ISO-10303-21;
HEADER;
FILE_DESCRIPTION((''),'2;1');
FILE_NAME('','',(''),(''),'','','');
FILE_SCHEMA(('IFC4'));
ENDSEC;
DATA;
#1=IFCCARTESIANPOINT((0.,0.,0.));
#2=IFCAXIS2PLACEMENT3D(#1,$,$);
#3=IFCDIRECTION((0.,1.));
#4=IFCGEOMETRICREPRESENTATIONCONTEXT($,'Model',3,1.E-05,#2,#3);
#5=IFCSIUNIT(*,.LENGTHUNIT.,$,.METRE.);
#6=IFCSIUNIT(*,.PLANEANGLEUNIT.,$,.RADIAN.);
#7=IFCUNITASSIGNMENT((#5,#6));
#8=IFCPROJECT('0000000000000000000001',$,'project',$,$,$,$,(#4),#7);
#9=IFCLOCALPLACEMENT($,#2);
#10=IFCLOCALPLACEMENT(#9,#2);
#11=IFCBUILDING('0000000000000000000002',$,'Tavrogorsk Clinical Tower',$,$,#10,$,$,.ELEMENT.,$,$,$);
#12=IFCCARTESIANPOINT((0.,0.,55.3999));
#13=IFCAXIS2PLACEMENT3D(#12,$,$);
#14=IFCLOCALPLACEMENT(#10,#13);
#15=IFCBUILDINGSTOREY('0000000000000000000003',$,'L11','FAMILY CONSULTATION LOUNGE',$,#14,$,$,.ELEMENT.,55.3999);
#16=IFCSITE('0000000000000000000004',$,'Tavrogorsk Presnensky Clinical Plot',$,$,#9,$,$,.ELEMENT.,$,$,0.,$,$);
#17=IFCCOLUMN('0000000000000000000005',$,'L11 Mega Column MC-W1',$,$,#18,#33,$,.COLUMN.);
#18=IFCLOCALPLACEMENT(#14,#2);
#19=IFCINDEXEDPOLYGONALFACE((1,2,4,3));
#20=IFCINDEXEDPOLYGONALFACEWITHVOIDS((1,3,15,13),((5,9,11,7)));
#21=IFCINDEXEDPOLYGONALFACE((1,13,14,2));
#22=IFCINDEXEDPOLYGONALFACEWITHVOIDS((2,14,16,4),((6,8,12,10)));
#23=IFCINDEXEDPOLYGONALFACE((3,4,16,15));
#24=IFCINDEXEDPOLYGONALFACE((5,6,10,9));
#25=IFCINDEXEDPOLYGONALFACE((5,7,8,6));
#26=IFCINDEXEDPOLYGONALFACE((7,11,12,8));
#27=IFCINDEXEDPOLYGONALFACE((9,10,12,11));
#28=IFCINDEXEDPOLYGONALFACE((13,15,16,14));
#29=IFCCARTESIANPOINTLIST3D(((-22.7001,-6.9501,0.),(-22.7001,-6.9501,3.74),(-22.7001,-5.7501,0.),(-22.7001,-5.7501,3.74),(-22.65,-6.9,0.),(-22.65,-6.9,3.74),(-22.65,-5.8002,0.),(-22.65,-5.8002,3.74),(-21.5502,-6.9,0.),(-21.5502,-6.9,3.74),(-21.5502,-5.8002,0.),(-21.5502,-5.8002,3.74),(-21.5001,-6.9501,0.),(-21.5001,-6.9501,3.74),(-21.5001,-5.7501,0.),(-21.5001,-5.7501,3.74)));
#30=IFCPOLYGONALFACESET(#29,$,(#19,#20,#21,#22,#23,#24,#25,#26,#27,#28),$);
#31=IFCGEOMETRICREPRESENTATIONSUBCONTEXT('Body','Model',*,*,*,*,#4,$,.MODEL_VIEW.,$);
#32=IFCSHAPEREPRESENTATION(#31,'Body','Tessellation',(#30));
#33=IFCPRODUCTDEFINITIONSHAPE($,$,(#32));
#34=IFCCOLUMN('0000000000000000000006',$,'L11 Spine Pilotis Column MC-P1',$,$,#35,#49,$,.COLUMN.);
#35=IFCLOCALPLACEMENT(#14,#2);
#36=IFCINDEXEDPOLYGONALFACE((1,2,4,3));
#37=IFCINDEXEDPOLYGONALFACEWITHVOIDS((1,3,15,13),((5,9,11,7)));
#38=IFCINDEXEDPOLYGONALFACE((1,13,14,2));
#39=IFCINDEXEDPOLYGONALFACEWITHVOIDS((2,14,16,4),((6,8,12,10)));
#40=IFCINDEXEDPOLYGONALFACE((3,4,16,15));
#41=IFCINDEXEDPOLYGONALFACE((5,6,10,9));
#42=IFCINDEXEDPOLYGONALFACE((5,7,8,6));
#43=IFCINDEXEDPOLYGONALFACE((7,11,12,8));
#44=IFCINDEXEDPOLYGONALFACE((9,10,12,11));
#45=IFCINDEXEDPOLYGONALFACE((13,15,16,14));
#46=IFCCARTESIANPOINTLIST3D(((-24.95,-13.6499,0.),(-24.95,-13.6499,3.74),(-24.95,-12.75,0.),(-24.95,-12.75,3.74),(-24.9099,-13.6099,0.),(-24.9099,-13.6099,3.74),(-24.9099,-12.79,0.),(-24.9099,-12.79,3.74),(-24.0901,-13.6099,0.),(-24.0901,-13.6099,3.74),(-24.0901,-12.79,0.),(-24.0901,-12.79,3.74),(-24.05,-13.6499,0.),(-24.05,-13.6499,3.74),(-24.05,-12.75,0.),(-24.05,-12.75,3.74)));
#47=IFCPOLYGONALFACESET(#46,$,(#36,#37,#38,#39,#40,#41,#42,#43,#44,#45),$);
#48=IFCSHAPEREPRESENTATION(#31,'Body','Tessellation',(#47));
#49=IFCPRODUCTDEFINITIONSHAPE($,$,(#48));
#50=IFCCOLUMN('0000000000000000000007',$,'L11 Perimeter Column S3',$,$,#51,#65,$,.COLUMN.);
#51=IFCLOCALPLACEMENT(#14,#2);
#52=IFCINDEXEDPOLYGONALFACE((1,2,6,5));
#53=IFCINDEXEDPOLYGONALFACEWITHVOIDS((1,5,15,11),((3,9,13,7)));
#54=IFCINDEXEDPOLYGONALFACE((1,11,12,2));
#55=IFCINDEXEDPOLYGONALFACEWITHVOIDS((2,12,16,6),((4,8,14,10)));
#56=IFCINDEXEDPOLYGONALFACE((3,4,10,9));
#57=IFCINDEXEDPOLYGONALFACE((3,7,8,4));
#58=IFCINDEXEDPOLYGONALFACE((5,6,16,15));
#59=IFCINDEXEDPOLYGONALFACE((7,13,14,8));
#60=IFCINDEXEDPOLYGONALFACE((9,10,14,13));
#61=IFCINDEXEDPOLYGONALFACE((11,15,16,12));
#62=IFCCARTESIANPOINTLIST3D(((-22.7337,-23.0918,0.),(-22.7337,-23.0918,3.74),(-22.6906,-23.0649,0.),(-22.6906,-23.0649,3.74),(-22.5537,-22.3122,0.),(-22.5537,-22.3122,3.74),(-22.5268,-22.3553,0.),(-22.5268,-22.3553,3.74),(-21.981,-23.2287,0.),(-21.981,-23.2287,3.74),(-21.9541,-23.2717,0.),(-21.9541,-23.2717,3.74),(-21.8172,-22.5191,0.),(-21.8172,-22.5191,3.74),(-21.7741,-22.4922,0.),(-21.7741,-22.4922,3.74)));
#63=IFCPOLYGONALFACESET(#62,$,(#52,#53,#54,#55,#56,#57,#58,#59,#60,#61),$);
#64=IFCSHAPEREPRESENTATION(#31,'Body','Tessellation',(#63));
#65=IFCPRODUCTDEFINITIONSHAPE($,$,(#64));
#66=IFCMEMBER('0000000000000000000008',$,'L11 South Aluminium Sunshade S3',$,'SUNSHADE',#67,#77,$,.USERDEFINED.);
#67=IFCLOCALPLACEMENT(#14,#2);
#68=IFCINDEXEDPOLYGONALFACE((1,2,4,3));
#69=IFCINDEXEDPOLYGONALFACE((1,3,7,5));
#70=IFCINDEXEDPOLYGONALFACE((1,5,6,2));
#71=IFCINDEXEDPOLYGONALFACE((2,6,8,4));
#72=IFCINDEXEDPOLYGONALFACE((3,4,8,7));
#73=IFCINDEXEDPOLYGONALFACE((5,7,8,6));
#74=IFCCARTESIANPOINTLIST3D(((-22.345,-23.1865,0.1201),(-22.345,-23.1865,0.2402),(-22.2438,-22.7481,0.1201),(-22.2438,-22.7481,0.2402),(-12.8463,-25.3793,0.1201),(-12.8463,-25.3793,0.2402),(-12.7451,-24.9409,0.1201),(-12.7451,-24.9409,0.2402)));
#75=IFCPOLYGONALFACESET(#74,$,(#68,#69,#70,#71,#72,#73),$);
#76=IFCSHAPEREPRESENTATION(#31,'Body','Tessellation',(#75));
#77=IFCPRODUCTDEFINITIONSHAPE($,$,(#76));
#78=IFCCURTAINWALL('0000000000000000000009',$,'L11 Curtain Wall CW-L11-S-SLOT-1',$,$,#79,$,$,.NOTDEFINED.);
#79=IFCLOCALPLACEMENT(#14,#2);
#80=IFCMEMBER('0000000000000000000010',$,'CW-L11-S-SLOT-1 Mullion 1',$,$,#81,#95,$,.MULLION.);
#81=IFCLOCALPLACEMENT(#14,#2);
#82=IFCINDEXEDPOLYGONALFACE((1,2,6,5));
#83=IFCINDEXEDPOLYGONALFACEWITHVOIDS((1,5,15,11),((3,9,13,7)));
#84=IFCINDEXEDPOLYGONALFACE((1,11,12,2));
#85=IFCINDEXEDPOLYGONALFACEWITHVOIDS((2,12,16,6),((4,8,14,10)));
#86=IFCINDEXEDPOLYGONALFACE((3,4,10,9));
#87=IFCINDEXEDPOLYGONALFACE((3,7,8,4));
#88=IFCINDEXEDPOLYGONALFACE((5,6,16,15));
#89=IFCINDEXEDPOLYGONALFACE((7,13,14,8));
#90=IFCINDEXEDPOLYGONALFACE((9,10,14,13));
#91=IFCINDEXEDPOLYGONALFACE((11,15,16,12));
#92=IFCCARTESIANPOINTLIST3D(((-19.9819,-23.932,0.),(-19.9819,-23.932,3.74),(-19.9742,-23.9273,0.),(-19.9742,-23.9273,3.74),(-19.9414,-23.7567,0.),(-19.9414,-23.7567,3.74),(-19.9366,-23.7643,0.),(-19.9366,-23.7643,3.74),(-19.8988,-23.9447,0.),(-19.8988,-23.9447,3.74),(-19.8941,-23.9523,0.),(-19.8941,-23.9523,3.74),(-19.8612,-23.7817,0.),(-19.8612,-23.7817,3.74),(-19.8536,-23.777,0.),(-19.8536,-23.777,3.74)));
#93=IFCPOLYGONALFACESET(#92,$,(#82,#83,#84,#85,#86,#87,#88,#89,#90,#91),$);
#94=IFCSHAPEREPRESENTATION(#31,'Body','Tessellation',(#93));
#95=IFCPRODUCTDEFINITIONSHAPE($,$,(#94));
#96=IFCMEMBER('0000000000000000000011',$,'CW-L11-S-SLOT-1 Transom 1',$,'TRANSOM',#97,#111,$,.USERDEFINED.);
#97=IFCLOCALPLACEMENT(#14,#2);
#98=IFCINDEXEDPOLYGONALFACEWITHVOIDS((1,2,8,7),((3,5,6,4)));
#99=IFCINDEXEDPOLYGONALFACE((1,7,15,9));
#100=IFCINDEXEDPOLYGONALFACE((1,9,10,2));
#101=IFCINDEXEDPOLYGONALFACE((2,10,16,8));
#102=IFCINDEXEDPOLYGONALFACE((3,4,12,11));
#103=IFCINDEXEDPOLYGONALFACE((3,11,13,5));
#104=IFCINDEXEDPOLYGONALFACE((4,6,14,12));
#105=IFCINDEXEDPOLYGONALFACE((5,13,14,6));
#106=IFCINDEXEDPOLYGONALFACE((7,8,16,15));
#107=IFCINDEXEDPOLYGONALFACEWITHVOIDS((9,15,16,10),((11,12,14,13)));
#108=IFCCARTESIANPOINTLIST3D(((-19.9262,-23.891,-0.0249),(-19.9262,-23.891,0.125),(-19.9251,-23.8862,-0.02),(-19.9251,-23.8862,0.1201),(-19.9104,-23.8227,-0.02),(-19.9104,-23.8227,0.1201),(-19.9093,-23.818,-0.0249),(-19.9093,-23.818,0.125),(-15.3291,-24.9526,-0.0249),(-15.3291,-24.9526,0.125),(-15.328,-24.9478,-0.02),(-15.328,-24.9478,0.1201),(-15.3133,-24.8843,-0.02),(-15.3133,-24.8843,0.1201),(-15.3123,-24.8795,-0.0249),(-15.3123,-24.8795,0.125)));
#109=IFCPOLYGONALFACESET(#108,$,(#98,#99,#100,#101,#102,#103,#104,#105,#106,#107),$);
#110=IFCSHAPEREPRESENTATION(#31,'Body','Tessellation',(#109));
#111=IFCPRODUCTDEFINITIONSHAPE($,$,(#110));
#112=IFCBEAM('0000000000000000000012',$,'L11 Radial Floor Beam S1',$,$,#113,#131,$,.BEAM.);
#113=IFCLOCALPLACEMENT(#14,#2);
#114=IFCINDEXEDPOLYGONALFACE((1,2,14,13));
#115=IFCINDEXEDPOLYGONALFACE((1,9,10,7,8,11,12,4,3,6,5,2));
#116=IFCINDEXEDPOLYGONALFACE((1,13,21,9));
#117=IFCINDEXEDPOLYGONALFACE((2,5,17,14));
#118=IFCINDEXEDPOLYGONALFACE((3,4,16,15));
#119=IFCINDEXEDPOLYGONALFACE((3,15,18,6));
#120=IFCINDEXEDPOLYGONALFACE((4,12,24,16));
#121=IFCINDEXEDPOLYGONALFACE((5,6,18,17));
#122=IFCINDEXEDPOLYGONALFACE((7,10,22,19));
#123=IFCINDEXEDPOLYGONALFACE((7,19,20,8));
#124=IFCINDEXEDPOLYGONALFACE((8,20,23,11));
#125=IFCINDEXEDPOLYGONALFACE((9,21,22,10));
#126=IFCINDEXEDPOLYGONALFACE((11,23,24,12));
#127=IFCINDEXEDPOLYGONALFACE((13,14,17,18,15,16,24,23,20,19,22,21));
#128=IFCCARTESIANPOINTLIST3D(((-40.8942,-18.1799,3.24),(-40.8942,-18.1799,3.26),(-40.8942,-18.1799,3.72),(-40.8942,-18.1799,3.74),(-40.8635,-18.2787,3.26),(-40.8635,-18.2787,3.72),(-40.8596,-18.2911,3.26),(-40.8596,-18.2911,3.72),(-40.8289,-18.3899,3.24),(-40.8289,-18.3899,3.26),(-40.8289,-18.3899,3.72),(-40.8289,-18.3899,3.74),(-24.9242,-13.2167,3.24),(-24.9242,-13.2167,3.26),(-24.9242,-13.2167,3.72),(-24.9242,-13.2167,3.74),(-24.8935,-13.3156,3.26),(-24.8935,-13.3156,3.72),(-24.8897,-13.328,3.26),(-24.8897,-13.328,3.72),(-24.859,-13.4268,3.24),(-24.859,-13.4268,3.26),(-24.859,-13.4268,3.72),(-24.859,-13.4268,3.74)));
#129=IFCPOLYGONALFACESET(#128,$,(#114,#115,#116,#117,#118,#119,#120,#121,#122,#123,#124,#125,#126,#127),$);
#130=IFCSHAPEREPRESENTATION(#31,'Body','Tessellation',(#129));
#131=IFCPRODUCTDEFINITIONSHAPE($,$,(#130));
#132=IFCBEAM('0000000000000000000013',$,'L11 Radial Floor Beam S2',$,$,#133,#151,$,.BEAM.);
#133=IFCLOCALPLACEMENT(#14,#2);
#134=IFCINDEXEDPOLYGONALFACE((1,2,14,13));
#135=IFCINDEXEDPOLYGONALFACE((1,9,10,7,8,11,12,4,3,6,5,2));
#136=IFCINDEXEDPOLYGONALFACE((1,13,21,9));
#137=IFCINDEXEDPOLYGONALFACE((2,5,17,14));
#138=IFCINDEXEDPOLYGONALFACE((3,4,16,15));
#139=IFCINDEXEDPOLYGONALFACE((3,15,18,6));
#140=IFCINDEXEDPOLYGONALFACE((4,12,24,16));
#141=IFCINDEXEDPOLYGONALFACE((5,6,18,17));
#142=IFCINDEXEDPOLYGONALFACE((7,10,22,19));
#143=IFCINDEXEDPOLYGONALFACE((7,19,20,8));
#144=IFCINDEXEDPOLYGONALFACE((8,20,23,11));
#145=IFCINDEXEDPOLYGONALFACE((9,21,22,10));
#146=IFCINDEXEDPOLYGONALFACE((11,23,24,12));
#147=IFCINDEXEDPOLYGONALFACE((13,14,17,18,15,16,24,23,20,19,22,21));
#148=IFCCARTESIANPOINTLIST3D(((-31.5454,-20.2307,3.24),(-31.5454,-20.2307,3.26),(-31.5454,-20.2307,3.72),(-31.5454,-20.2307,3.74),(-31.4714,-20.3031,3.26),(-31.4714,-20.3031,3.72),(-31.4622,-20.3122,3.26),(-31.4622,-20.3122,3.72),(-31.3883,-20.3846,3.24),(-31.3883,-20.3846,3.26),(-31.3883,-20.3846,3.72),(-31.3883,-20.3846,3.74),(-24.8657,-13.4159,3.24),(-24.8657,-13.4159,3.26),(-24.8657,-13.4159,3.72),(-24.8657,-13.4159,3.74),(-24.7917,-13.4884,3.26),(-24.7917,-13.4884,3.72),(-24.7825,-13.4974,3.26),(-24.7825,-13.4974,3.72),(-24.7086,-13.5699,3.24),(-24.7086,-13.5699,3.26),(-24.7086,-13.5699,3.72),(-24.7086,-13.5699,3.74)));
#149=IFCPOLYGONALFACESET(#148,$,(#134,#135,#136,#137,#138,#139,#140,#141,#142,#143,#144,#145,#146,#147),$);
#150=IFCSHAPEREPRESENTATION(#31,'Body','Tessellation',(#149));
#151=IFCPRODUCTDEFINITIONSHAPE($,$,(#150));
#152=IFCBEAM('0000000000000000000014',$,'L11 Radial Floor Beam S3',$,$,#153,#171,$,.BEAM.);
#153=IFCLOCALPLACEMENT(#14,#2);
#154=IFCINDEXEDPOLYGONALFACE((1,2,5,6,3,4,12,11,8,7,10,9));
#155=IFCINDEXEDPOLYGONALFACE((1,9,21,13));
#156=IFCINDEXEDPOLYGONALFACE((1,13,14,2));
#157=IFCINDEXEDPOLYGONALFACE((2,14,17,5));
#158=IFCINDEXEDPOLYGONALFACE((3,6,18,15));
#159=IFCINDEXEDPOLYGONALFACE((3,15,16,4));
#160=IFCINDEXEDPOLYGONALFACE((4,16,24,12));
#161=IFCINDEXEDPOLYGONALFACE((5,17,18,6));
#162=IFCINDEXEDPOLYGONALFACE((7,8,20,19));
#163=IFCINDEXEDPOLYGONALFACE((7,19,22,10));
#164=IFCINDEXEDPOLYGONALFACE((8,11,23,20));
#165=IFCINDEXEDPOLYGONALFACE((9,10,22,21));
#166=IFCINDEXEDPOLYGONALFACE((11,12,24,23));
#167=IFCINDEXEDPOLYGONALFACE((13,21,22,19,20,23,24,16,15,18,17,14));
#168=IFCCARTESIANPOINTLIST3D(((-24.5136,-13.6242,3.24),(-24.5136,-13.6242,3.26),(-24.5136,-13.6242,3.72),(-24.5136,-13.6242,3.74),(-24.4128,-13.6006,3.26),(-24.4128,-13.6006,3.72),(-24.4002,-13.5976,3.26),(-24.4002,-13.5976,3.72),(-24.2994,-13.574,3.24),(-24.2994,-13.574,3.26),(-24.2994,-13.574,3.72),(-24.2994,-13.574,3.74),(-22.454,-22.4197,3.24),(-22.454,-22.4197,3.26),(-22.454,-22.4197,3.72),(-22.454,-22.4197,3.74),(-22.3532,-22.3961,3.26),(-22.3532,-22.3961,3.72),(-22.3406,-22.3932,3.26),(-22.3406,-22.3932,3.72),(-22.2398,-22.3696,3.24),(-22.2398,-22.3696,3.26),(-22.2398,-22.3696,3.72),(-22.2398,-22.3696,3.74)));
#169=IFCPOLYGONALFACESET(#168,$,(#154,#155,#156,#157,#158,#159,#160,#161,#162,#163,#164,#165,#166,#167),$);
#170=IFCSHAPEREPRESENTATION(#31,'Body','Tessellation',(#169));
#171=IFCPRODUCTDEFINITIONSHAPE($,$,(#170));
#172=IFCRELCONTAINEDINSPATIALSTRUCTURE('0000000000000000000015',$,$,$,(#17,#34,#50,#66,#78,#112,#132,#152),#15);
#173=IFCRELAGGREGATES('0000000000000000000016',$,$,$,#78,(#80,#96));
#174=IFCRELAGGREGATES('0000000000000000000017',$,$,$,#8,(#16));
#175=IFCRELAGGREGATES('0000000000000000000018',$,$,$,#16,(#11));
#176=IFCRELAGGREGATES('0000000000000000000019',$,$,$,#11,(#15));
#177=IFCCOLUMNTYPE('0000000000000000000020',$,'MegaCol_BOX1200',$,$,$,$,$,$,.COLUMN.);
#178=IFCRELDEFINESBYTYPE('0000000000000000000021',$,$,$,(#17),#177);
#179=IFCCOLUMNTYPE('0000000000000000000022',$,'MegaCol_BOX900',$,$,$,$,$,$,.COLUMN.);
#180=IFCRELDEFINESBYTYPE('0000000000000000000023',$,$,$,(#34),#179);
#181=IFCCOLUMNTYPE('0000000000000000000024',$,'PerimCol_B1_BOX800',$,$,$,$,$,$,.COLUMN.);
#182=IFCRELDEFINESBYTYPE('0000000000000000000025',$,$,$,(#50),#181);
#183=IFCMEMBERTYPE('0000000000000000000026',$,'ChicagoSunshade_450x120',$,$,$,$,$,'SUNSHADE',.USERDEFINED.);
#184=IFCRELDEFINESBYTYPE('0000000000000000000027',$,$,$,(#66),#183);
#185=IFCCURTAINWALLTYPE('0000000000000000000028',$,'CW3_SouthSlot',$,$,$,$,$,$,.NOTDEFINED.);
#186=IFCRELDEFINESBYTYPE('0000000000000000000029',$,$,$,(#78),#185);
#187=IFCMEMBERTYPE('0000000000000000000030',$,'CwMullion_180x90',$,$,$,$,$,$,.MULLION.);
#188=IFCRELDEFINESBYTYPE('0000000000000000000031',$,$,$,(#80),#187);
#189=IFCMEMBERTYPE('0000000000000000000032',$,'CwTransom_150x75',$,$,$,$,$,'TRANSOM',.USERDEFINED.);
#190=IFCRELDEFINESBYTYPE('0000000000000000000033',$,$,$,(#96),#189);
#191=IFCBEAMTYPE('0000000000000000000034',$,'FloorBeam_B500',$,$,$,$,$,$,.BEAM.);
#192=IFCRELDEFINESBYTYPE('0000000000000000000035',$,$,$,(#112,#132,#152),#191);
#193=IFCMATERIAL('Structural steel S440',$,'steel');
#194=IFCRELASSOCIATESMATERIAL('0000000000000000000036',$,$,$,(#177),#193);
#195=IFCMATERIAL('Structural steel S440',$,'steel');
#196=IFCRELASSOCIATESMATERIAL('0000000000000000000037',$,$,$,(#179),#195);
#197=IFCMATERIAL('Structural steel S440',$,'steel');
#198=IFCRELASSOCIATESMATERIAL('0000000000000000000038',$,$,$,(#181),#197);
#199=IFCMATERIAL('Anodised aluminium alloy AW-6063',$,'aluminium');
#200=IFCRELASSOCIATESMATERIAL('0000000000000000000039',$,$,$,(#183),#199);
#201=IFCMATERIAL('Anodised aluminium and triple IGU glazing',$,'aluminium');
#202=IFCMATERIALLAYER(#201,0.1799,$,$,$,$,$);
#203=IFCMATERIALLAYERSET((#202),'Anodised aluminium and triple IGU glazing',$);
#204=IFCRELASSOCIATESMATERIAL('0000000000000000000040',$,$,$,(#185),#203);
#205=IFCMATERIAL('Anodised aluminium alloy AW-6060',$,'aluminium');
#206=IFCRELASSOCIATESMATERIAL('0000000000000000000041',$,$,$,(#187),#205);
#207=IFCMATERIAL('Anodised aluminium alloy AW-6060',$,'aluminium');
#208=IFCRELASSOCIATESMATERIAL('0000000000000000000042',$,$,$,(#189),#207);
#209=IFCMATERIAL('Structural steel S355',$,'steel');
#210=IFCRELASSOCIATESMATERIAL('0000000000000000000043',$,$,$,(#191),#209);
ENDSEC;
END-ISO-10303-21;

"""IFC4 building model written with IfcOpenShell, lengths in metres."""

from ifc_helpers import new_model, si_unit, direction, frame, origin, origin_2d, place, context, subcontext, project, spatial, rectangle, hollow_rectangle, i_section, extrude, material, layer, layer_set, material_profile, profile_set, type_object, element, aggregate, save


model = new_model("IFC4")

# Units and contexts
model_context = context("Model", 3, precision=1e-05, world=origin(), true_north=direction((0.0, 1.0)))
body_context = subcontext(model_context, "Body", "Model", "MODEL_VIEW")
ifc_project = project(units=[si_unit("LENGTHUNIT", "METRE"), si_unit("PLANEANGLEUNIT", "RADIAN")], contexts=[model_context])

# Site, building, storey
site_placement = place(None, origin())
site = spatial("IfcSite", under=ifc_project, at=site_placement, Name="Tavrogorsk Presnensky Clinical Plot", CompositionType="ELEMENT", RefElevation=0.0)
building_placement = place(site_placement, origin())
building = spatial("IfcBuilding", under=site, at=building_placement, Name="Tavrogorsk Clinical Tower", CompositionType="ELEMENT")
storey_placement = place(building_placement, frame((0.0, 0.0, 55.3999)))
storey = spatial("IfcBuildingStorey", under=building, at=storey_placement, Name="L11", Description="FAMILY CONSULTATION LOUNGE", CompositionType="ELEMENT", Elevation=55.3999)

# Columns
ifc_material_1 = material(Name="Structural steel S440", Category="steel")
ifc_material_profile_1 = material_profile(ifc_material_1, hollow_rectangle(XDim=1.2, YDim=1.2, WallThickness=0.05, at=origin_2d()), Name="BOX-1200x1200x50")
ifc_profile_set_1 = profile_set([ifc_material_profile_1], Name="Structural steel S440")
column_type_1 = type_object("IfcColumnType", Name="MegaCol_BOX1200", PredefinedType="COLUMN", material=ifc_profile_set_1)
column_1_placement = place(storey_placement, frame((-22.1001, -6.3501, 0.0), z_axis=(0.0, 0.0, 1.0), x_axis=(1.0, 0.0, 0.0)))
element("IfcColumn", 1, at=column_1_placement, inside=storey, type_object=column_type_1, Name="L11 Mega Column MC-W1", PredefinedType="COLUMN", context=body_context, shape_type="SweptSolid", body=[
    extrude(hollow_rectangle(XDim=1.2, YDim=1.2, WallThickness=0.05, at=origin_2d()), origin(), (0.0, 0.0, 1.0), 3.74),
])
ifc_material_2 = material(Name="Structural steel S440", Category="steel")
ifc_material_profile_2 = material_profile(ifc_material_2, hollow_rectangle(XDim=0.8999, YDim=0.8999, WallThickness=0.04, at=origin_2d()), Name="BOX-900x900x40")
ifc_profile_set_2 = profile_set([ifc_material_profile_2], Name="Structural steel S440")
column_type_2 = type_object("IfcColumnType", Name="MegaCol_BOX900", PredefinedType="COLUMN", material=ifc_profile_set_2)
column_2_placement = place(storey_placement, frame((-24.5, -13.2, 0.0), z_axis=(0.0, 0.0, 1.0), x_axis=(1.0, 0.0, 0.0)))
element("IfcColumn", 2, at=column_2_placement, inside=storey, type_object=column_type_2, Name="L11 Spine Pilotis Column MC-P1", PredefinedType="COLUMN", context=body_context, shape_type="SweptSolid", body=[
    extrude(hollow_rectangle(XDim=0.8999, YDim=0.8999, WallThickness=0.04, at=origin_2d()), origin(), (0.0, 0.0, 1.0), 3.74),
])
ifc_material_3 = material(Name="Structural steel S440", Category="steel")
ifc_material_profile_3 = material_profile(ifc_material_3, hollow_rectangle(XDim=0.8, YDim=0.8, WallThickness=0.0359, at=origin_2d()), Name="BOX-800x800x36")
ifc_profile_set_3 = profile_set([ifc_material_profile_3], Name="Structural steel S440")
column_type_3 = type_object("IfcColumnType", Name="PerimCol_B1_BOX800", PredefinedType="COLUMN", material=ifc_profile_set_3)
column_3_placement = place(storey_placement, frame((-22.2539, -22.792, 0.0), z_axis=(0.0, 0.0, 1.0), x_axis=(0.97437, -0.224951, 0.0)))
element("IfcColumn", 3, at=column_3_placement, inside=storey, type_object=column_type_3, Name="L11 Perimeter Column S3", PredefinedType="COLUMN", context=body_context, shape_type="SweptSolid", body=[
    extrude(hollow_rectangle(XDim=0.8, YDim=0.8, WallThickness=0.0359, at=origin_2d()), origin(), (0.0, 0.0, 1.0), 3.74),
])

# Member
ifc_material_4 = material(Name="Anodised aluminium alloy AW-6063", Category="aluminium")
ifc_material_profile_4 = material_profile(ifc_material_4, rectangle(XDim=0.45, YDim=0.1201, at=origin_2d()), Name="ALU-SUNSHADE-450x120")
ifc_profile_set_4 = profile_set([ifc_material_profile_4], Name="Anodised aluminium alloy AW-6063")
member_type_1 = type_object("IfcMemberType", Name="ChicagoSunshade_450x120", ElementType="SUNSHADE", PredefinedType="USERDEFINED", material=ifc_profile_set_4)
member_1_placement = place(storey_placement, frame((-22.2944, -22.9673, 0.1802), z_axis=(0.974372, -0.224942, 0.0), x_axis=(0.224942, 0.974372, 0.0)))
element("IfcMember", 4, at=member_1_placement, inside=storey, type_object=member_type_1, Name="L11 South Aluminium Sunshade S3", ObjectType="SUNSHADE", PredefinedType="USERDEFINED", context=body_context, shape_type="SweptSolid", body=[
    extrude(rectangle(XDim=0.45, YDim=0.1201, at=origin_2d()), origin(), (0.0, 0.0, 1.0), 9.7485),
])

# Curtain wall, members
ifc_material_5 = material(Name="Anodised aluminium and triple IGU glazing", Category="aluminium")
ifc_layer_1 = layer(ifc_material_5, 0.1799)
ifc_layer_set_1 = layer_set([ifc_layer_1], Name="Anodised aluminium and triple IGU glazing")
curtain_wall_type = type_object("IfcCurtainWallType", Name="CW3_SouthSlot", PredefinedType="NOTDEFINED", material=ifc_layer_set_1)
curtain_wall_placement = place(storey_placement, origin())
curtain_wall = element("IfcCurtainWall", 5, at=curtain_wall_placement, inside=storey, type_object=curtain_wall_type, Name="L11 Curtain Wall CW-L11-S-SLOT-1", PredefinedType="NOTDEFINED")
ifc_material_6 = material(Name="Anodised aluminium alloy AW-6060", Category="aluminium")
ifc_material_profile_5 = material_profile(ifc_material_6, hollow_rectangle(XDim=0.0901, YDim=0.1799, WallThickness=0.0063, at=origin_2d()), Name="RHS-180x90x6.3")
ifc_profile_set_5 = profile_set([ifc_material_profile_5], Name="Anodised aluminium alloy AW-6060")
member_type_2 = type_object("IfcMemberType", Name="CwMullion_180x90", PredefinedType="MULLION", material=ifc_profile_set_5)
member_2_placement = place(storey_placement, frame((-19.9177, -23.8545, 0.0), z_axis=(0.0, 0.0, 1.0), x_axis=(0.97437, -0.224951, 0.0)))
member_2 = element("IfcMember", 6, at=member_2_placement, type_object=member_type_2, Name="CW-L11-S-SLOT-1 Mullion 1", PredefinedType="MULLION", context=body_context, shape_type="SweptSolid", body=[
    extrude(hollow_rectangle(XDim=0.0901, YDim=0.1799, WallThickness=0.0063, at=origin_2d()), origin(), (0.0, 0.0, 1.0), 3.74),
])
ifc_material_7 = material(Name="Anodised aluminium alloy AW-6060", Category="aluminium")
ifc_material_profile_6 = material_profile(ifc_material_7, hollow_rectangle(XDim=0.075, YDim=0.1499, WallThickness=0.0049, at=origin_2d()), Name="RHS-150x75x5")
ifc_profile_set_6 = profile_set([ifc_material_profile_6], Name="Anodised aluminium alloy AW-6060")
member_type_3 = type_object("IfcMemberType", Name="CwTransom_150x75", ElementType="TRANSOM", PredefinedType="USERDEFINED", material=ifc_profile_set_6)
member_3_placement = place(storey_placement, frame((-19.9177, -23.8545, 0.05), z_axis=(0.974359, -0.224999, 0.0), x_axis=(0.224999, 0.974359, 0.0)))
member_3 = element("IfcMember", 7, at=member_3_placement, type_object=member_type_3, Name="CW-L11-S-SLOT-1 Transom 1", ObjectType="TRANSOM", PredefinedType="USERDEFINED", context=body_context, shape_type="SweptSolid", body=[
    extrude(hollow_rectangle(XDim=0.075, YDim=0.1499, WallThickness=0.0049, at=origin_2d()), origin(), (0.0, 0.0, 1.0), 4.718),
])
aggregate(curtain_wall, [member_2, member_3])

# Beams
ifc_material_8 = material(Name="Structural steel S355", Category="steel")
ifc_material_profile_7 = material_profile(ifc_material_8, i_section(OverallWidth=0.22, OverallDepth=0.5, WebThickness=0.0129, FlangeThickness=0.02, at=origin_2d()), Name="B-500x220x13x20")
ifc_profile_set_7 = profile_set([ifc_material_profile_7], Name="Structural steel S355")
beam_type_1 = type_object("IfcBeamType", Name="FloorBeam_B500", PredefinedType="BEAM", material=ifc_profile_set_7)
beam_1_placement = place(storey_placement, frame((-24.8916, -13.3218, 3.49), z_axis=(-0.954947, -0.296778, 0.0), x_axis=(0.296778, -0.954947, 0.0)))
element("IfcBeam", 8, at=beam_1_placement, inside=storey, type_object=beam_type_1, Name="L11 Radial Floor Beam S1", PredefinedType="BEAM", context=body_context, shape_type="SweptSolid", body=[
    extrude(i_section(OverallWidth=0.22, OverallDepth=0.5, WebThickness=0.0129, FlangeThickness=0.02, at=origin_2d()), origin(), (0.0, 0.0, 1.0), 16.7234),
])
beam_2_placement = place(storey_placement, frame((-24.7871, -13.4929, 3.49), z_axis=(-0.699997, -0.714146, 0.0), x_axis=(0.714146, -0.699997, 0.0)))
element("IfcBeam", 9, at=beam_2_placement, inside=storey, type_object=beam_type_1, Name="L11 Radial Floor Beam S2", PredefinedType="BEAM", context=body_context, shape_type="SweptSolid", body=[
    extrude(i_section(OverallWidth=0.22, OverallDepth=0.5, WebThickness=0.0129, FlangeThickness=0.02, at=origin_2d()), origin(), (0.0, 0.0, 1.0), 9.5425),
])
beam_3_placement = place(storey_placement, frame((-24.4065, -13.5991, 3.49), z_axis=(0.227997, -0.973662, 0.0), x_axis=(0.973662, 0.227997, 0.0)))
element("IfcBeam", 10, at=beam_3_placement, inside=storey, type_object=beam_type_1, Name="L11 Radial Floor Beam S3", PredefinedType="BEAM", context=body_context, shape_type="SweptSolid", body=[
    extrude(i_section(OverallWidth=0.22, OverallDepth=0.5, WebThickness=0.0129, FlangeThickness=0.02, at=origin_2d()), origin(), (0.0, 0.0, 1.0), 9.0334),
])

save(model, "model.ifc")
